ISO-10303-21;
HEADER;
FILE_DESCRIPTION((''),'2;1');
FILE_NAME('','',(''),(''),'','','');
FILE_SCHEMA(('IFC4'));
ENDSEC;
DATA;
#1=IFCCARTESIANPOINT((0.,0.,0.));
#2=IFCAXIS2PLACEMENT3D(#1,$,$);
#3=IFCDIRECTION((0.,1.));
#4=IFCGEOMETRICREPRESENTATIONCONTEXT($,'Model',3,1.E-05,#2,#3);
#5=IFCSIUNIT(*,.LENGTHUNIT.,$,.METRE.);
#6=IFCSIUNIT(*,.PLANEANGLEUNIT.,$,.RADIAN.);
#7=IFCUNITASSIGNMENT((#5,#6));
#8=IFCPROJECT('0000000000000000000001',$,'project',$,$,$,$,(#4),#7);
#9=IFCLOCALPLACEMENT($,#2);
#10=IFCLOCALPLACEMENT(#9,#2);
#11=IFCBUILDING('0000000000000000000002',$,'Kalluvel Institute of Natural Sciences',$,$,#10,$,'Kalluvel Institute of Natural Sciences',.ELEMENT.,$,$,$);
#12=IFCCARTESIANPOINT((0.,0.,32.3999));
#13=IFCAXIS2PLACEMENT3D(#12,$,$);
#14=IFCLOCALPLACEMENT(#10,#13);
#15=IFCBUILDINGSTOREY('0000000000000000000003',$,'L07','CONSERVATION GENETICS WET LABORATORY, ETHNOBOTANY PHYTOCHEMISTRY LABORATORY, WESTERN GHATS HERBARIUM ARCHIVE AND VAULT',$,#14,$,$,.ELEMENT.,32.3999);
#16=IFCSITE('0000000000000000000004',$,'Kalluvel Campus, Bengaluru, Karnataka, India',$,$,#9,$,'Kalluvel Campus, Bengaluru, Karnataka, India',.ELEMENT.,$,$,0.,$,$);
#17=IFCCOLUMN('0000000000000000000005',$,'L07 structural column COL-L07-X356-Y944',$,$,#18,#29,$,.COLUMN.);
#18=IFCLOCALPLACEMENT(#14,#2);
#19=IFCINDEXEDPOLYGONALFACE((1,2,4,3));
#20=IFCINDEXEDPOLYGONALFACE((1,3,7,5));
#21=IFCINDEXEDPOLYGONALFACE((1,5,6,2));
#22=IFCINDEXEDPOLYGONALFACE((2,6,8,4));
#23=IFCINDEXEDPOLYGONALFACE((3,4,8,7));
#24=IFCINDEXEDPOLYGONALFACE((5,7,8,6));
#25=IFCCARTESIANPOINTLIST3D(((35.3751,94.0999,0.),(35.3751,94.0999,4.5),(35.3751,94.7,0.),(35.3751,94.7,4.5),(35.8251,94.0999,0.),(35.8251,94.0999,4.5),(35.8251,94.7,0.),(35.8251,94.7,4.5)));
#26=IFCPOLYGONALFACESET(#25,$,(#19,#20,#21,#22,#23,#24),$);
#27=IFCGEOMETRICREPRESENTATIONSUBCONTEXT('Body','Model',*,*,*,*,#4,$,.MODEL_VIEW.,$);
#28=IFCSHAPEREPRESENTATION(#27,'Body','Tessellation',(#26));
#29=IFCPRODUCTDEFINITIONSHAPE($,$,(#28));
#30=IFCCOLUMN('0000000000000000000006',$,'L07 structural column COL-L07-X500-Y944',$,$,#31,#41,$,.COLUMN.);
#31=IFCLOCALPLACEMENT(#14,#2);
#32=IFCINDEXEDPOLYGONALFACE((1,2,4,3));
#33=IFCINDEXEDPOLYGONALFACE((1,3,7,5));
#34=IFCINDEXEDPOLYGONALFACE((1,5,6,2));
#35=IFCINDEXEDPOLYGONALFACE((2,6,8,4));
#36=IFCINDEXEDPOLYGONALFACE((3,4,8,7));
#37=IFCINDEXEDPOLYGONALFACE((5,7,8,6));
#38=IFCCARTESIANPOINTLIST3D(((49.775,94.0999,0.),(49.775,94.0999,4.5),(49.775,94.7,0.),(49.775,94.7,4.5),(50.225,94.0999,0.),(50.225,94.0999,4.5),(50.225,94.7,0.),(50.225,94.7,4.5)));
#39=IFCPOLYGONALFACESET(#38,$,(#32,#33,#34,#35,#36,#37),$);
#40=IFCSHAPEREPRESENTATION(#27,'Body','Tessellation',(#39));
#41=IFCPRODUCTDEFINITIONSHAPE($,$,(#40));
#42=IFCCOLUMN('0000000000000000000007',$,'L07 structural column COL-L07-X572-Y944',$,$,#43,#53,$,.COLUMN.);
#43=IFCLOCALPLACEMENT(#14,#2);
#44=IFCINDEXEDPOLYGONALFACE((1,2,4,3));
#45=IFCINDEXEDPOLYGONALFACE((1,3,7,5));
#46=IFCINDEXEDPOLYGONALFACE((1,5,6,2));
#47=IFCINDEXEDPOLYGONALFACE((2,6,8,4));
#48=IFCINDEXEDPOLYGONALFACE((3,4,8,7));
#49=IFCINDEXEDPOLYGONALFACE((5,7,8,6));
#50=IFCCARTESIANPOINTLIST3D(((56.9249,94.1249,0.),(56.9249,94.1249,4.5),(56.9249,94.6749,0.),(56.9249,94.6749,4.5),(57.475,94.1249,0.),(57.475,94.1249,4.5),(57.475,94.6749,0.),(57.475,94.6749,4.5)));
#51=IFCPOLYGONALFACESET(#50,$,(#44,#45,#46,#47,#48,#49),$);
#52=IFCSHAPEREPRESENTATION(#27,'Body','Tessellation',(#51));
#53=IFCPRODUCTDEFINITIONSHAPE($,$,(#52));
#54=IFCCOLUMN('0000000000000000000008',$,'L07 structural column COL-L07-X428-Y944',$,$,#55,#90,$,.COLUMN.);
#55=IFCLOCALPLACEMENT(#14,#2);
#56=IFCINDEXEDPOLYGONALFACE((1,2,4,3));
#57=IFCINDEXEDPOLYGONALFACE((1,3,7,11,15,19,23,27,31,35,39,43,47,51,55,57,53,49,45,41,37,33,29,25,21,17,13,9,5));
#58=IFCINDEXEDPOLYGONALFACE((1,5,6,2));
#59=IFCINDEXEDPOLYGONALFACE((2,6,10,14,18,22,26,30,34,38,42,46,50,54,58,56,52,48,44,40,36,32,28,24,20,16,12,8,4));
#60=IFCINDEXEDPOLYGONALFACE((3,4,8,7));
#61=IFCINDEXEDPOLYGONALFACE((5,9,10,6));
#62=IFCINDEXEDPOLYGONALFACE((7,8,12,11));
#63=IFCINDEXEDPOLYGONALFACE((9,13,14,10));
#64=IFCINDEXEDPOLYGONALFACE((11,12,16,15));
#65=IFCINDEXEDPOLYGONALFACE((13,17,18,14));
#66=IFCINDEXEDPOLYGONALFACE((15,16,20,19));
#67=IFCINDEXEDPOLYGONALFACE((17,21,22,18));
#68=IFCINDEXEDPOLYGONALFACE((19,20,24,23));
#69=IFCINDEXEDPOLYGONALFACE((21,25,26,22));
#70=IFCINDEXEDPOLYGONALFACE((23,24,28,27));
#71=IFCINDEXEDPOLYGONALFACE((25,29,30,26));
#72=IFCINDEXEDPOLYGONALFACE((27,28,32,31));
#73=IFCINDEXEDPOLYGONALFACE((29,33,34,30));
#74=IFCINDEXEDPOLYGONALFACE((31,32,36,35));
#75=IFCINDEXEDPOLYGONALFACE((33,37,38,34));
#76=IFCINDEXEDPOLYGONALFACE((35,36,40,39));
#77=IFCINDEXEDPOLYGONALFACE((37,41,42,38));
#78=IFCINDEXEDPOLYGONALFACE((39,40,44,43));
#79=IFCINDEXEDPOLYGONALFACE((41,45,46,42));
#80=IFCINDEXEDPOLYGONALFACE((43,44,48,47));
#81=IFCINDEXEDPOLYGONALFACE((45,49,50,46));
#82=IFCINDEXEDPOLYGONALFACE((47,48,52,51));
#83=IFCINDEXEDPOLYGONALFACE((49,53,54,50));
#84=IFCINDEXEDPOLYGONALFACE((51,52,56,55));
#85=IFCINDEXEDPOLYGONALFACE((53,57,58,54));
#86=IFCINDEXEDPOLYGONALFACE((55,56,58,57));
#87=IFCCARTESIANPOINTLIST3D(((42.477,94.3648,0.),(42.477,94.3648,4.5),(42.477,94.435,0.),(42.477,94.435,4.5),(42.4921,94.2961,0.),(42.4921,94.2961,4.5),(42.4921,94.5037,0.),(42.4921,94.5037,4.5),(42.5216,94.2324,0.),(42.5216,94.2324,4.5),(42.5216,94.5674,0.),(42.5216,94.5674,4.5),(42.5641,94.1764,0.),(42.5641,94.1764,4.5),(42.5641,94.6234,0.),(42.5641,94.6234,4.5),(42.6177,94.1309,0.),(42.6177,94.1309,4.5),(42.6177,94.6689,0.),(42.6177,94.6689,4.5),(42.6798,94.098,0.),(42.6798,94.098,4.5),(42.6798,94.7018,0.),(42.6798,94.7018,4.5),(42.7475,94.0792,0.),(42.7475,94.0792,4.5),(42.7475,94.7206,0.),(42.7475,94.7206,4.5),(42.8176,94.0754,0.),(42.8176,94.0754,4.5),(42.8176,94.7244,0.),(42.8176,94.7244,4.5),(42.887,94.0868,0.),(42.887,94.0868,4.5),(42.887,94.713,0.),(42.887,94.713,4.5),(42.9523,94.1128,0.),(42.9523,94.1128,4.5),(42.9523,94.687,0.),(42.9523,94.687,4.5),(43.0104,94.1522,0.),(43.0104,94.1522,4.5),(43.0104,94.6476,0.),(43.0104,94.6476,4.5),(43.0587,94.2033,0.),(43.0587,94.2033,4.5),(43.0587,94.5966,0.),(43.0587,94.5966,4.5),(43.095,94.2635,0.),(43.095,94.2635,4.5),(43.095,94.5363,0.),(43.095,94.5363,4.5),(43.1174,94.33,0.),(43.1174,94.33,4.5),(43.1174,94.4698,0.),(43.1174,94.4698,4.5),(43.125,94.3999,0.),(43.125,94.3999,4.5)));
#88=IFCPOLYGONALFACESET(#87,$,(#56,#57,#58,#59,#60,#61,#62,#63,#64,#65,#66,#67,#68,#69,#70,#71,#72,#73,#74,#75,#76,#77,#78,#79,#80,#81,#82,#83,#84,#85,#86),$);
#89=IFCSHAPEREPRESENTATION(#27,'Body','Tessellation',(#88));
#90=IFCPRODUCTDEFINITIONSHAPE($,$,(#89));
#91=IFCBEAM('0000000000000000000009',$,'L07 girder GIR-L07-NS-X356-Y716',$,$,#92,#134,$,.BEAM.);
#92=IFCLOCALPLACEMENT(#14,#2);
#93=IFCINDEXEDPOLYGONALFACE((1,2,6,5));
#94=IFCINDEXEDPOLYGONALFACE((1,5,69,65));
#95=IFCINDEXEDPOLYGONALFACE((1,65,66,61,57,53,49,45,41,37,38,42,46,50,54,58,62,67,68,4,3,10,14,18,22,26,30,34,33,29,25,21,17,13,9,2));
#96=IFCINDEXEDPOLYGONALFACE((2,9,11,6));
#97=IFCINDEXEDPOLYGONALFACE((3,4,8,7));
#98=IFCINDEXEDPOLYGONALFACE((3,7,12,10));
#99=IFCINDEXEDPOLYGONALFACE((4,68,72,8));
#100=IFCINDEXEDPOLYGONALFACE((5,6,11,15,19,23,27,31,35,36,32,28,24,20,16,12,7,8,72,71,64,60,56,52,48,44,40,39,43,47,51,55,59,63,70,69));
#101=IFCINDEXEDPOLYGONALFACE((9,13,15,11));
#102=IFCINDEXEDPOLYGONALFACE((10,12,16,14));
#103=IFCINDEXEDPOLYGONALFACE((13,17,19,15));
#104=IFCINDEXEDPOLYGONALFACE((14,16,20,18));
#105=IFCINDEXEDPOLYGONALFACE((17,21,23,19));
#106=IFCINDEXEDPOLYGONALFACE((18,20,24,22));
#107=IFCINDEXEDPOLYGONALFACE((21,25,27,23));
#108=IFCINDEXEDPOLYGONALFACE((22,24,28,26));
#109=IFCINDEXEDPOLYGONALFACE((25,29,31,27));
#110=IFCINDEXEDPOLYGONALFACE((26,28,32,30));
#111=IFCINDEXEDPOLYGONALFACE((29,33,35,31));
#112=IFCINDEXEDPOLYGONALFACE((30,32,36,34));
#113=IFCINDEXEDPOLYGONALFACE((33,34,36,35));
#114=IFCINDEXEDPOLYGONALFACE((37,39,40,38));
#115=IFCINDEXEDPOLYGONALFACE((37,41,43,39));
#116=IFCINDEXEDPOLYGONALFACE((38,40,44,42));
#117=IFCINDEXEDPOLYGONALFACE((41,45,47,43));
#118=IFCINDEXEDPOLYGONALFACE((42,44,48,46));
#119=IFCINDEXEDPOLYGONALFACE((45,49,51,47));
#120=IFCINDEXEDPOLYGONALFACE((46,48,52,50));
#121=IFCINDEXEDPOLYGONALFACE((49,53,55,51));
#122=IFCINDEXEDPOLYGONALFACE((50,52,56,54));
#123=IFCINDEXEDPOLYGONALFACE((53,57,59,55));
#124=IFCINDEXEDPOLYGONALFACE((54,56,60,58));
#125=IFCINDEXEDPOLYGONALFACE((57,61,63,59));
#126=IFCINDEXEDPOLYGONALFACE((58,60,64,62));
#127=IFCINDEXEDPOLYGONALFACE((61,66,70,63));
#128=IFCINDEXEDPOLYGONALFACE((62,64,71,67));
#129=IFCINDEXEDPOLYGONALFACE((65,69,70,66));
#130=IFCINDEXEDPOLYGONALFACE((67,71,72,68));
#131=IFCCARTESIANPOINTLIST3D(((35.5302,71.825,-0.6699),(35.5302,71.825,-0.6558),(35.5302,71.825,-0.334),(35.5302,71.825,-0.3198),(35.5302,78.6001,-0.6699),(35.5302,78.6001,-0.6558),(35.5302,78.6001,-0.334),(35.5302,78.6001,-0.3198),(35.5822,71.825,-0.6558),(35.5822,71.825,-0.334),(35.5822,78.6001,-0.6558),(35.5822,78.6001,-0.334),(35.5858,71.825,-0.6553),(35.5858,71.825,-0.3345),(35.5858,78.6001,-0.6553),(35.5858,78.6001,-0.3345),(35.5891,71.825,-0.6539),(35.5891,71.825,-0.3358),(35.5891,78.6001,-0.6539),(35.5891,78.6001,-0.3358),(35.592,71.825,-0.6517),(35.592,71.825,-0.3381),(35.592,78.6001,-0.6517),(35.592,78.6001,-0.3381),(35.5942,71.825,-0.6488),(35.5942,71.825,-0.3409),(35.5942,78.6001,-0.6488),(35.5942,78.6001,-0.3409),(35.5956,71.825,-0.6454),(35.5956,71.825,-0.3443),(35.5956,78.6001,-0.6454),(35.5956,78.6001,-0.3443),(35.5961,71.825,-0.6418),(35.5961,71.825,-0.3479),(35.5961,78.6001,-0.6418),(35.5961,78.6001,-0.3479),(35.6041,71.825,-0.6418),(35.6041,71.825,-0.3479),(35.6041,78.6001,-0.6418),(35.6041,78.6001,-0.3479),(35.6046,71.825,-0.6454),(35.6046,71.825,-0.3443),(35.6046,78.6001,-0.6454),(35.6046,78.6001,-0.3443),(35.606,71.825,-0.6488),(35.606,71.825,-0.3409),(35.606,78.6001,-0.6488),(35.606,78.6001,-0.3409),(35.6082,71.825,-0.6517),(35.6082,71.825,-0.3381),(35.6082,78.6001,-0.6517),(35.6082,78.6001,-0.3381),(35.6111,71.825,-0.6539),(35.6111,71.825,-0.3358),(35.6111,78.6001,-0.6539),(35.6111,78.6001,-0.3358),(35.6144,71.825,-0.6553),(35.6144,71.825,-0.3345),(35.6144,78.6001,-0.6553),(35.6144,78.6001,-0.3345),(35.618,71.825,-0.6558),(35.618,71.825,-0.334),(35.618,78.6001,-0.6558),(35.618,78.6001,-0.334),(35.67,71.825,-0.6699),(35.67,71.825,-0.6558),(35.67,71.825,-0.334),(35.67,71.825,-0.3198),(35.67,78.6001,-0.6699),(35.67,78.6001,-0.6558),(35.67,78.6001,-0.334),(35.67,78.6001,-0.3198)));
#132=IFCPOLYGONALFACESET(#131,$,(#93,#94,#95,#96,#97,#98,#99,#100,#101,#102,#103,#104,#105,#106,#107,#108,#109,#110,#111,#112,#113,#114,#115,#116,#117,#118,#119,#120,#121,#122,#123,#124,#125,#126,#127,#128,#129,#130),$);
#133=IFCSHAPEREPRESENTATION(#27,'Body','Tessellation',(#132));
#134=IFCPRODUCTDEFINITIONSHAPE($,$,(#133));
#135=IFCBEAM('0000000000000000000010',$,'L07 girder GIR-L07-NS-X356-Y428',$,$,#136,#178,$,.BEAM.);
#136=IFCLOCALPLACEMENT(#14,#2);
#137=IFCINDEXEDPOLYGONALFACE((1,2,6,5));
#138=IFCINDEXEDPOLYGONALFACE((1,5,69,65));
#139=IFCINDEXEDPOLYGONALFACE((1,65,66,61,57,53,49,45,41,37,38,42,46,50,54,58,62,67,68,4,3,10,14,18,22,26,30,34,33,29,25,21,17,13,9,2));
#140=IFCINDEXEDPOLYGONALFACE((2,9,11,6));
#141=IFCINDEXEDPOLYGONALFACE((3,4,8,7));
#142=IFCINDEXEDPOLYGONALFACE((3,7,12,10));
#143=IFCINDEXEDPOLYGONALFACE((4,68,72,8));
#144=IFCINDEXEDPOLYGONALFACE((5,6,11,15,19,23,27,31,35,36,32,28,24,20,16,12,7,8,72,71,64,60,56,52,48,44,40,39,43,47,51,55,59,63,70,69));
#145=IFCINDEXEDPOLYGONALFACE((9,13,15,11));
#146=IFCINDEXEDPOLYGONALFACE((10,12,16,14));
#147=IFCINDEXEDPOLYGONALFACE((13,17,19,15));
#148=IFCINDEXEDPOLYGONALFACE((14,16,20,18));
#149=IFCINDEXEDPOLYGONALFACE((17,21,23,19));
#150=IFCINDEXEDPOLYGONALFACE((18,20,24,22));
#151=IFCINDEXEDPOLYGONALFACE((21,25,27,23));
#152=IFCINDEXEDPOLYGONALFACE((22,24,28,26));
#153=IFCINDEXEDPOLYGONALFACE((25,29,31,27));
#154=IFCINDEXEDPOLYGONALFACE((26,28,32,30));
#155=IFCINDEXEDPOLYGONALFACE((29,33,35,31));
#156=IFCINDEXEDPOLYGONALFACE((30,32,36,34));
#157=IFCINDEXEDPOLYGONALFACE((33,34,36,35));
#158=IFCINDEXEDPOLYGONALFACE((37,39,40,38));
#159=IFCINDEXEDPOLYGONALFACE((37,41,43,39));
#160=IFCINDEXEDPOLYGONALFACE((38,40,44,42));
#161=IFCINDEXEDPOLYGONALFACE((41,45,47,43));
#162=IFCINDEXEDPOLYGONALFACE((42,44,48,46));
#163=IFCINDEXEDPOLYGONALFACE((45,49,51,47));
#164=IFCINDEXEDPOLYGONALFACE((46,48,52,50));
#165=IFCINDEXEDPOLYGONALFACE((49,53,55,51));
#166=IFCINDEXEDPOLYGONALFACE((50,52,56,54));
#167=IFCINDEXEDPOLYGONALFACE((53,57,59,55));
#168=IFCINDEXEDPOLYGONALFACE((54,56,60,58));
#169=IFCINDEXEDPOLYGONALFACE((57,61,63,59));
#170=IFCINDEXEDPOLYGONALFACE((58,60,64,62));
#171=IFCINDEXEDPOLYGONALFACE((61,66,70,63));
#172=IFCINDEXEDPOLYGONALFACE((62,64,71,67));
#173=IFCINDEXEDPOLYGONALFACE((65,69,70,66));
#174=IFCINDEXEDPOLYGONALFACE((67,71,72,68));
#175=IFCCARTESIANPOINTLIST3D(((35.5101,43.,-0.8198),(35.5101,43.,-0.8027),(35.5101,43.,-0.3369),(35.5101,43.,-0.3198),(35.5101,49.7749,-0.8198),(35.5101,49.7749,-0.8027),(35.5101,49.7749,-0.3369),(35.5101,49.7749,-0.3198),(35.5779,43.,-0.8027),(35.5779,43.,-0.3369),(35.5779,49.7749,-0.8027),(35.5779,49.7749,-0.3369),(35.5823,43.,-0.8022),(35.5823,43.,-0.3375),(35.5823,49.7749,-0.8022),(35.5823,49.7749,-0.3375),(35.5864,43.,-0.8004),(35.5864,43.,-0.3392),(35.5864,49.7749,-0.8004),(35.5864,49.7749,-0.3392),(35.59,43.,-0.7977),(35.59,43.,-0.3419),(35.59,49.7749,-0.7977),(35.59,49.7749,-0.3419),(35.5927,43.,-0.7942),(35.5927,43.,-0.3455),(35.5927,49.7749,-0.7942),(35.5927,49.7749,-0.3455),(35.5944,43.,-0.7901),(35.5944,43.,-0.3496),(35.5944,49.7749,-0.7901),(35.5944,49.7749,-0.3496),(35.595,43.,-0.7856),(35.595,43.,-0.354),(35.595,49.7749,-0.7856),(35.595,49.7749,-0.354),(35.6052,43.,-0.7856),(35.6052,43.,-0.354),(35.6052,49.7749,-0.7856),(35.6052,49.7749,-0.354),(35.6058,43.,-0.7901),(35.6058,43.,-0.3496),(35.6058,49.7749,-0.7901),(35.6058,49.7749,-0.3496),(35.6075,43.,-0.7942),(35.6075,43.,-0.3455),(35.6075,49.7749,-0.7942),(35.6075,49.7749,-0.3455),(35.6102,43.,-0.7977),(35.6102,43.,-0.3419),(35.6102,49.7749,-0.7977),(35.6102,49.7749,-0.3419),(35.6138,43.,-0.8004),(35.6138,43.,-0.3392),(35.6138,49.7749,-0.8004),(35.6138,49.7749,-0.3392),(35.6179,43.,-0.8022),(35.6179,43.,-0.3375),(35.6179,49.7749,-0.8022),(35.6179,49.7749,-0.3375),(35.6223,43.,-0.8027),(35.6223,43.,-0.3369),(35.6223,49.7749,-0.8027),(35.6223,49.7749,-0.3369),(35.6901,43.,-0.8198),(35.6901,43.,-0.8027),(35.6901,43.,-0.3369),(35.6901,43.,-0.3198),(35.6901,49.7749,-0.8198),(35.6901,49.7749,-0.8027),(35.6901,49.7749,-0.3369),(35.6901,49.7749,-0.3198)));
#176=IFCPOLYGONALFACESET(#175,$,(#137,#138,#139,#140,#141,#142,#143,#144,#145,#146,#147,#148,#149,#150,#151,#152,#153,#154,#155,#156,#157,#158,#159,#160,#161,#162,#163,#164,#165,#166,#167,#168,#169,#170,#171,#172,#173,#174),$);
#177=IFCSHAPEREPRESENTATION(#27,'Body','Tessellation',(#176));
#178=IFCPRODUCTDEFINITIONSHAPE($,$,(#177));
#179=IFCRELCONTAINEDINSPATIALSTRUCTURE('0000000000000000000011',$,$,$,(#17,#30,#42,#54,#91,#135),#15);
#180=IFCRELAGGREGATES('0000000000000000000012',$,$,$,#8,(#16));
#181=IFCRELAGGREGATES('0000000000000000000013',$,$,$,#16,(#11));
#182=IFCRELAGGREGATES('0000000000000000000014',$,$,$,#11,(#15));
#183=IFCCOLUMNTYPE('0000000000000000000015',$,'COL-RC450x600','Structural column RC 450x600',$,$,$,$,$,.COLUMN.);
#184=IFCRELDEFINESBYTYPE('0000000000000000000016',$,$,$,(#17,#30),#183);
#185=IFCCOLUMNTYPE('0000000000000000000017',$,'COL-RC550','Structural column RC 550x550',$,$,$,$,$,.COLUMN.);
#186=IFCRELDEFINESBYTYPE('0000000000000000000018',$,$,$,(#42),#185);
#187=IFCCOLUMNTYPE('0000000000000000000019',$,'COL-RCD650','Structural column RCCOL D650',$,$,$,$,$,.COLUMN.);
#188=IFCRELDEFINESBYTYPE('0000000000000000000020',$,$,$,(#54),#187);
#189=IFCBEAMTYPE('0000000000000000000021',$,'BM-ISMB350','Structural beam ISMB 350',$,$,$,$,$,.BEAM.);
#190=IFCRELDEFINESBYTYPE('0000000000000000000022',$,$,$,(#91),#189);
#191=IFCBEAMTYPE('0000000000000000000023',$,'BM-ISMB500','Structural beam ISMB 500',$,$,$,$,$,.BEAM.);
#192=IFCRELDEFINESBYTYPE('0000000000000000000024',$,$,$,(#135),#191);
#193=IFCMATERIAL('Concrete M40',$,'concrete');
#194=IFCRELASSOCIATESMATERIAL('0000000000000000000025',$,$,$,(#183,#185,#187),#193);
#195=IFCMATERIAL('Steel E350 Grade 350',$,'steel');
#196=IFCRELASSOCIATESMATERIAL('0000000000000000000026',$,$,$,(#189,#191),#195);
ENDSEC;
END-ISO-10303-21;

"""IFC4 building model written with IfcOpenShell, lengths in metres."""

from ifc_helpers import new_model, si_unit, direction, frame, origin, origin_2d, place, context, subcontext, project, spatial, rectangle, circle, i_section, extrude, material, material_profile, profile_set, type_object, element, save


model = new_model("IFC4")

# Units and contexts
model_context = context("Model", 3, precision=1e-05, world=origin(), true_north=direction((0.0, 1.0)))
body_context = subcontext(model_context, "Body", "Model", "MODEL_VIEW")
ifc_project = project(units=[si_unit("LENGTHUNIT", "METRE"), si_unit("PLANEANGLEUNIT", "RADIAN")], contexts=[model_context])

# Site, building, storey
site_placement = place(None, origin())
site = spatial("IfcSite", under=ifc_project, at=site_placement, Name="Kalluvel Campus, Bengaluru, Karnataka, India", LongName="Kalluvel Campus, Bengaluru, Karnataka, India", CompositionType="ELEMENT", RefElevation=0.0)
building_placement = place(site_placement, origin())
building = spatial("IfcBuilding", under=site, at=building_placement, Name="Kalluvel Institute of Natural Sciences", LongName="Kalluvel Institute of Natural Sciences", CompositionType="ELEMENT")
storey_placement = place(building_placement, frame((0.0, 0.0, 32.3999)))
storey = spatial("IfcBuildingStorey", under=building, at=storey_placement, Name="L07", Description="CONSERVATION GENETICS WET LABORATORY, ETHNOBOTANY PHYTOCHEMISTRY LABORATORY, WESTERN GHATS HERBARIUM ARCHIVE AND VAULT", CompositionType="ELEMENT", Elevation=32.3999)

# Columns
ifc_material_1 = material(Name="Concrete M40", Category="concrete")
ifc_material_profile_1 = material_profile(ifc_material_1, rectangle(XDim=0.45, YDim=0.6001, at=origin_2d()), Name="RC 450x600")
ifc_profile_set_1 = profile_set([ifc_material_profile_1], Name="Concrete M40")
column_type_1 = type_object("IfcColumnType", Name="COL-RC450x600", Description="Structural column RC 450x600", PredefinedType="COLUMN", material=ifc_profile_set_1)
for number, where, z_axis, x_axis, name in (
    (1, (35.6001, 94.3999, 0.0), (0.0, 0.0, 1.0), (1.0, 0.0, 0.0), "L07 structural column COL-L07-X356-Y944"),
    (2, (50.0, 94.3999, 0.0), (0.0, 0.0, 1.0), (1.0, 0.0, 0.0), "L07 structural column COL-L07-X500-Y944"),
):
    element("IfcColumn", number, at=place(storey_placement, frame(where, z_axis=z_axis, x_axis=x_axis)), inside=storey, type_object=column_type_1, Name=name, PredefinedType="COLUMN", context=body_context, shape_type="SweptSolid", body=[
        extrude(rectangle(XDim=0.45, YDim=0.6001, at=origin_2d()), origin(), (0.0, 0.0, 1.0), 4.5),
    ])
ifc_material_profile_2 = material_profile(ifc_material_1, rectangle(XDim=0.55, YDim=0.55, at=origin_2d()), Name="RC 550x550")
ifc_profile_set_2 = profile_set([ifc_material_profile_2], Name="Concrete M40")
column_type_2 = type_object("IfcColumnType", Name="COL-RC550", Description="Structural column RC 550x550", PredefinedType="COLUMN", material=ifc_profile_set_2)
column_1_placement = place(storey_placement, frame((57.2, 94.3999, 0.0), z_axis=(0.0, 0.0, 1.0), x_axis=(1.0, 0.0, 0.0)))
element("IfcColumn", 3, at=column_1_placement, inside=storey, type_object=column_type_2, Name="L07 structural column COL-L07-X572-Y944", PredefinedType="COLUMN", context=body_context, shape_type="SweptSolid", body=[
    extrude(rectangle(XDim=0.55, YDim=0.55, at=origin_2d()), origin(), (0.0, 0.0, 1.0), 4.5),
])
ifc_material_profile_3 = material_profile(ifc_material_1, circle(Radius=0.325, at=origin_2d()), Name="RCCOL D650")
ifc_profile_set_3 = profile_set([ifc_material_profile_3], Name="Concrete M40")
column_type_3 = type_object("IfcColumnType", Name="COL-RCD650", Description="Structural column RCCOL D650", PredefinedType="COLUMN", material=ifc_profile_set_3)
column_2_placement = place(storey_placement, frame((42.8, 94.3999, 0.0), z_axis=(0.0, 0.0, 1.0), x_axis=(1.0, 0.0, 0.0)))
element("IfcColumn", 4, at=column_2_placement, inside=storey, type_object=column_type_3, Name="L07 structural column COL-L07-X428-Y944", PredefinedType="COLUMN", context=body_context, shape_type="SweptSolid", body=[
    extrude(circle(Radius=0.325, at=origin_2d()), origin(), (0.0, 0.0, 1.0), 4.5),
])

# Beams
ifc_material_2 = material(Name="Steel E350 Grade 350", Category="steel")
ifc_material_profile_4 = material_profile(ifc_material_2, i_section(OverallWidth=0.1399, OverallDepth=0.3501, WebThickness=0.0081, FlangeThickness=0.0142, FilletRadius=0.0139, at=origin_2d()), Name="ISMB 350")
ifc_profile_set_4 = profile_set([ifc_material_profile_4], Name="Steel E350 Grade 350")
beam_type_1 = type_object("IfcBeamType", Name="BM-ISMB350", Description="Structural beam ISMB 350", PredefinedType="BEAM", material=ifc_profile_set_4)
beam_1_placement = place(storey_placement, frame((35.6001, 71.825, -0.4949), z_axis=(0.0, 1.0, 0.0), x_axis=(-1.0, 0.0, 0.0)))
element("IfcBeam", 5, at=beam_1_placement, inside=storey, type_object=beam_type_1, Name="L07 girder GIR-L07-NS-X356-Y716", PredefinedType="BEAM", context=body_context, shape_type="SweptSolid", body=[
    extrude(i_section(OverallWidth=0.1399, OverallDepth=0.3501, WebThickness=0.0081, FlangeThickness=0.0142, FilletRadius=0.0139, at=origin_2d()), origin(), (0.0, 0.0, 1.0), 6.7751),
])
ifc_material_profile_5 = material_profile(ifc_material_2, i_section(OverallWidth=0.1799, OverallDepth=0.5, WebThickness=0.0103, FlangeThickness=0.0171, FilletRadius=0.0171, at=origin_2d()), Name="ISMB 500")
ifc_profile_set_5 = profile_set([ifc_material_profile_5], Name="Steel E350 Grade 350")
beam_type_2 = type_object("IfcBeamType", Name="BM-ISMB500", Description="Structural beam ISMB 500", PredefinedType="BEAM", material=ifc_profile_set_5)
beam_2_placement = place(storey_placement, frame((35.6001, 43.0, -0.5698), z_axis=(0.0, 1.0, 0.0), x_axis=(-1.0, 0.0, 0.0)))
element("IfcBeam", 6, at=beam_2_placement, inside=storey, type_object=beam_type_2, Name="L07 girder GIR-L07-NS-X356-Y428", PredefinedType="BEAM", context=body_context, shape_type="SweptSolid", body=[
    extrude(i_section(OverallWidth=0.1799, OverallDepth=0.5, WebThickness=0.0103, FlangeThickness=0.0171, FilletRadius=0.0171, at=origin_2d()), origin(), (0.0, 0.0, 1.0), 6.7749),
])

save(model, "model.ifc")
